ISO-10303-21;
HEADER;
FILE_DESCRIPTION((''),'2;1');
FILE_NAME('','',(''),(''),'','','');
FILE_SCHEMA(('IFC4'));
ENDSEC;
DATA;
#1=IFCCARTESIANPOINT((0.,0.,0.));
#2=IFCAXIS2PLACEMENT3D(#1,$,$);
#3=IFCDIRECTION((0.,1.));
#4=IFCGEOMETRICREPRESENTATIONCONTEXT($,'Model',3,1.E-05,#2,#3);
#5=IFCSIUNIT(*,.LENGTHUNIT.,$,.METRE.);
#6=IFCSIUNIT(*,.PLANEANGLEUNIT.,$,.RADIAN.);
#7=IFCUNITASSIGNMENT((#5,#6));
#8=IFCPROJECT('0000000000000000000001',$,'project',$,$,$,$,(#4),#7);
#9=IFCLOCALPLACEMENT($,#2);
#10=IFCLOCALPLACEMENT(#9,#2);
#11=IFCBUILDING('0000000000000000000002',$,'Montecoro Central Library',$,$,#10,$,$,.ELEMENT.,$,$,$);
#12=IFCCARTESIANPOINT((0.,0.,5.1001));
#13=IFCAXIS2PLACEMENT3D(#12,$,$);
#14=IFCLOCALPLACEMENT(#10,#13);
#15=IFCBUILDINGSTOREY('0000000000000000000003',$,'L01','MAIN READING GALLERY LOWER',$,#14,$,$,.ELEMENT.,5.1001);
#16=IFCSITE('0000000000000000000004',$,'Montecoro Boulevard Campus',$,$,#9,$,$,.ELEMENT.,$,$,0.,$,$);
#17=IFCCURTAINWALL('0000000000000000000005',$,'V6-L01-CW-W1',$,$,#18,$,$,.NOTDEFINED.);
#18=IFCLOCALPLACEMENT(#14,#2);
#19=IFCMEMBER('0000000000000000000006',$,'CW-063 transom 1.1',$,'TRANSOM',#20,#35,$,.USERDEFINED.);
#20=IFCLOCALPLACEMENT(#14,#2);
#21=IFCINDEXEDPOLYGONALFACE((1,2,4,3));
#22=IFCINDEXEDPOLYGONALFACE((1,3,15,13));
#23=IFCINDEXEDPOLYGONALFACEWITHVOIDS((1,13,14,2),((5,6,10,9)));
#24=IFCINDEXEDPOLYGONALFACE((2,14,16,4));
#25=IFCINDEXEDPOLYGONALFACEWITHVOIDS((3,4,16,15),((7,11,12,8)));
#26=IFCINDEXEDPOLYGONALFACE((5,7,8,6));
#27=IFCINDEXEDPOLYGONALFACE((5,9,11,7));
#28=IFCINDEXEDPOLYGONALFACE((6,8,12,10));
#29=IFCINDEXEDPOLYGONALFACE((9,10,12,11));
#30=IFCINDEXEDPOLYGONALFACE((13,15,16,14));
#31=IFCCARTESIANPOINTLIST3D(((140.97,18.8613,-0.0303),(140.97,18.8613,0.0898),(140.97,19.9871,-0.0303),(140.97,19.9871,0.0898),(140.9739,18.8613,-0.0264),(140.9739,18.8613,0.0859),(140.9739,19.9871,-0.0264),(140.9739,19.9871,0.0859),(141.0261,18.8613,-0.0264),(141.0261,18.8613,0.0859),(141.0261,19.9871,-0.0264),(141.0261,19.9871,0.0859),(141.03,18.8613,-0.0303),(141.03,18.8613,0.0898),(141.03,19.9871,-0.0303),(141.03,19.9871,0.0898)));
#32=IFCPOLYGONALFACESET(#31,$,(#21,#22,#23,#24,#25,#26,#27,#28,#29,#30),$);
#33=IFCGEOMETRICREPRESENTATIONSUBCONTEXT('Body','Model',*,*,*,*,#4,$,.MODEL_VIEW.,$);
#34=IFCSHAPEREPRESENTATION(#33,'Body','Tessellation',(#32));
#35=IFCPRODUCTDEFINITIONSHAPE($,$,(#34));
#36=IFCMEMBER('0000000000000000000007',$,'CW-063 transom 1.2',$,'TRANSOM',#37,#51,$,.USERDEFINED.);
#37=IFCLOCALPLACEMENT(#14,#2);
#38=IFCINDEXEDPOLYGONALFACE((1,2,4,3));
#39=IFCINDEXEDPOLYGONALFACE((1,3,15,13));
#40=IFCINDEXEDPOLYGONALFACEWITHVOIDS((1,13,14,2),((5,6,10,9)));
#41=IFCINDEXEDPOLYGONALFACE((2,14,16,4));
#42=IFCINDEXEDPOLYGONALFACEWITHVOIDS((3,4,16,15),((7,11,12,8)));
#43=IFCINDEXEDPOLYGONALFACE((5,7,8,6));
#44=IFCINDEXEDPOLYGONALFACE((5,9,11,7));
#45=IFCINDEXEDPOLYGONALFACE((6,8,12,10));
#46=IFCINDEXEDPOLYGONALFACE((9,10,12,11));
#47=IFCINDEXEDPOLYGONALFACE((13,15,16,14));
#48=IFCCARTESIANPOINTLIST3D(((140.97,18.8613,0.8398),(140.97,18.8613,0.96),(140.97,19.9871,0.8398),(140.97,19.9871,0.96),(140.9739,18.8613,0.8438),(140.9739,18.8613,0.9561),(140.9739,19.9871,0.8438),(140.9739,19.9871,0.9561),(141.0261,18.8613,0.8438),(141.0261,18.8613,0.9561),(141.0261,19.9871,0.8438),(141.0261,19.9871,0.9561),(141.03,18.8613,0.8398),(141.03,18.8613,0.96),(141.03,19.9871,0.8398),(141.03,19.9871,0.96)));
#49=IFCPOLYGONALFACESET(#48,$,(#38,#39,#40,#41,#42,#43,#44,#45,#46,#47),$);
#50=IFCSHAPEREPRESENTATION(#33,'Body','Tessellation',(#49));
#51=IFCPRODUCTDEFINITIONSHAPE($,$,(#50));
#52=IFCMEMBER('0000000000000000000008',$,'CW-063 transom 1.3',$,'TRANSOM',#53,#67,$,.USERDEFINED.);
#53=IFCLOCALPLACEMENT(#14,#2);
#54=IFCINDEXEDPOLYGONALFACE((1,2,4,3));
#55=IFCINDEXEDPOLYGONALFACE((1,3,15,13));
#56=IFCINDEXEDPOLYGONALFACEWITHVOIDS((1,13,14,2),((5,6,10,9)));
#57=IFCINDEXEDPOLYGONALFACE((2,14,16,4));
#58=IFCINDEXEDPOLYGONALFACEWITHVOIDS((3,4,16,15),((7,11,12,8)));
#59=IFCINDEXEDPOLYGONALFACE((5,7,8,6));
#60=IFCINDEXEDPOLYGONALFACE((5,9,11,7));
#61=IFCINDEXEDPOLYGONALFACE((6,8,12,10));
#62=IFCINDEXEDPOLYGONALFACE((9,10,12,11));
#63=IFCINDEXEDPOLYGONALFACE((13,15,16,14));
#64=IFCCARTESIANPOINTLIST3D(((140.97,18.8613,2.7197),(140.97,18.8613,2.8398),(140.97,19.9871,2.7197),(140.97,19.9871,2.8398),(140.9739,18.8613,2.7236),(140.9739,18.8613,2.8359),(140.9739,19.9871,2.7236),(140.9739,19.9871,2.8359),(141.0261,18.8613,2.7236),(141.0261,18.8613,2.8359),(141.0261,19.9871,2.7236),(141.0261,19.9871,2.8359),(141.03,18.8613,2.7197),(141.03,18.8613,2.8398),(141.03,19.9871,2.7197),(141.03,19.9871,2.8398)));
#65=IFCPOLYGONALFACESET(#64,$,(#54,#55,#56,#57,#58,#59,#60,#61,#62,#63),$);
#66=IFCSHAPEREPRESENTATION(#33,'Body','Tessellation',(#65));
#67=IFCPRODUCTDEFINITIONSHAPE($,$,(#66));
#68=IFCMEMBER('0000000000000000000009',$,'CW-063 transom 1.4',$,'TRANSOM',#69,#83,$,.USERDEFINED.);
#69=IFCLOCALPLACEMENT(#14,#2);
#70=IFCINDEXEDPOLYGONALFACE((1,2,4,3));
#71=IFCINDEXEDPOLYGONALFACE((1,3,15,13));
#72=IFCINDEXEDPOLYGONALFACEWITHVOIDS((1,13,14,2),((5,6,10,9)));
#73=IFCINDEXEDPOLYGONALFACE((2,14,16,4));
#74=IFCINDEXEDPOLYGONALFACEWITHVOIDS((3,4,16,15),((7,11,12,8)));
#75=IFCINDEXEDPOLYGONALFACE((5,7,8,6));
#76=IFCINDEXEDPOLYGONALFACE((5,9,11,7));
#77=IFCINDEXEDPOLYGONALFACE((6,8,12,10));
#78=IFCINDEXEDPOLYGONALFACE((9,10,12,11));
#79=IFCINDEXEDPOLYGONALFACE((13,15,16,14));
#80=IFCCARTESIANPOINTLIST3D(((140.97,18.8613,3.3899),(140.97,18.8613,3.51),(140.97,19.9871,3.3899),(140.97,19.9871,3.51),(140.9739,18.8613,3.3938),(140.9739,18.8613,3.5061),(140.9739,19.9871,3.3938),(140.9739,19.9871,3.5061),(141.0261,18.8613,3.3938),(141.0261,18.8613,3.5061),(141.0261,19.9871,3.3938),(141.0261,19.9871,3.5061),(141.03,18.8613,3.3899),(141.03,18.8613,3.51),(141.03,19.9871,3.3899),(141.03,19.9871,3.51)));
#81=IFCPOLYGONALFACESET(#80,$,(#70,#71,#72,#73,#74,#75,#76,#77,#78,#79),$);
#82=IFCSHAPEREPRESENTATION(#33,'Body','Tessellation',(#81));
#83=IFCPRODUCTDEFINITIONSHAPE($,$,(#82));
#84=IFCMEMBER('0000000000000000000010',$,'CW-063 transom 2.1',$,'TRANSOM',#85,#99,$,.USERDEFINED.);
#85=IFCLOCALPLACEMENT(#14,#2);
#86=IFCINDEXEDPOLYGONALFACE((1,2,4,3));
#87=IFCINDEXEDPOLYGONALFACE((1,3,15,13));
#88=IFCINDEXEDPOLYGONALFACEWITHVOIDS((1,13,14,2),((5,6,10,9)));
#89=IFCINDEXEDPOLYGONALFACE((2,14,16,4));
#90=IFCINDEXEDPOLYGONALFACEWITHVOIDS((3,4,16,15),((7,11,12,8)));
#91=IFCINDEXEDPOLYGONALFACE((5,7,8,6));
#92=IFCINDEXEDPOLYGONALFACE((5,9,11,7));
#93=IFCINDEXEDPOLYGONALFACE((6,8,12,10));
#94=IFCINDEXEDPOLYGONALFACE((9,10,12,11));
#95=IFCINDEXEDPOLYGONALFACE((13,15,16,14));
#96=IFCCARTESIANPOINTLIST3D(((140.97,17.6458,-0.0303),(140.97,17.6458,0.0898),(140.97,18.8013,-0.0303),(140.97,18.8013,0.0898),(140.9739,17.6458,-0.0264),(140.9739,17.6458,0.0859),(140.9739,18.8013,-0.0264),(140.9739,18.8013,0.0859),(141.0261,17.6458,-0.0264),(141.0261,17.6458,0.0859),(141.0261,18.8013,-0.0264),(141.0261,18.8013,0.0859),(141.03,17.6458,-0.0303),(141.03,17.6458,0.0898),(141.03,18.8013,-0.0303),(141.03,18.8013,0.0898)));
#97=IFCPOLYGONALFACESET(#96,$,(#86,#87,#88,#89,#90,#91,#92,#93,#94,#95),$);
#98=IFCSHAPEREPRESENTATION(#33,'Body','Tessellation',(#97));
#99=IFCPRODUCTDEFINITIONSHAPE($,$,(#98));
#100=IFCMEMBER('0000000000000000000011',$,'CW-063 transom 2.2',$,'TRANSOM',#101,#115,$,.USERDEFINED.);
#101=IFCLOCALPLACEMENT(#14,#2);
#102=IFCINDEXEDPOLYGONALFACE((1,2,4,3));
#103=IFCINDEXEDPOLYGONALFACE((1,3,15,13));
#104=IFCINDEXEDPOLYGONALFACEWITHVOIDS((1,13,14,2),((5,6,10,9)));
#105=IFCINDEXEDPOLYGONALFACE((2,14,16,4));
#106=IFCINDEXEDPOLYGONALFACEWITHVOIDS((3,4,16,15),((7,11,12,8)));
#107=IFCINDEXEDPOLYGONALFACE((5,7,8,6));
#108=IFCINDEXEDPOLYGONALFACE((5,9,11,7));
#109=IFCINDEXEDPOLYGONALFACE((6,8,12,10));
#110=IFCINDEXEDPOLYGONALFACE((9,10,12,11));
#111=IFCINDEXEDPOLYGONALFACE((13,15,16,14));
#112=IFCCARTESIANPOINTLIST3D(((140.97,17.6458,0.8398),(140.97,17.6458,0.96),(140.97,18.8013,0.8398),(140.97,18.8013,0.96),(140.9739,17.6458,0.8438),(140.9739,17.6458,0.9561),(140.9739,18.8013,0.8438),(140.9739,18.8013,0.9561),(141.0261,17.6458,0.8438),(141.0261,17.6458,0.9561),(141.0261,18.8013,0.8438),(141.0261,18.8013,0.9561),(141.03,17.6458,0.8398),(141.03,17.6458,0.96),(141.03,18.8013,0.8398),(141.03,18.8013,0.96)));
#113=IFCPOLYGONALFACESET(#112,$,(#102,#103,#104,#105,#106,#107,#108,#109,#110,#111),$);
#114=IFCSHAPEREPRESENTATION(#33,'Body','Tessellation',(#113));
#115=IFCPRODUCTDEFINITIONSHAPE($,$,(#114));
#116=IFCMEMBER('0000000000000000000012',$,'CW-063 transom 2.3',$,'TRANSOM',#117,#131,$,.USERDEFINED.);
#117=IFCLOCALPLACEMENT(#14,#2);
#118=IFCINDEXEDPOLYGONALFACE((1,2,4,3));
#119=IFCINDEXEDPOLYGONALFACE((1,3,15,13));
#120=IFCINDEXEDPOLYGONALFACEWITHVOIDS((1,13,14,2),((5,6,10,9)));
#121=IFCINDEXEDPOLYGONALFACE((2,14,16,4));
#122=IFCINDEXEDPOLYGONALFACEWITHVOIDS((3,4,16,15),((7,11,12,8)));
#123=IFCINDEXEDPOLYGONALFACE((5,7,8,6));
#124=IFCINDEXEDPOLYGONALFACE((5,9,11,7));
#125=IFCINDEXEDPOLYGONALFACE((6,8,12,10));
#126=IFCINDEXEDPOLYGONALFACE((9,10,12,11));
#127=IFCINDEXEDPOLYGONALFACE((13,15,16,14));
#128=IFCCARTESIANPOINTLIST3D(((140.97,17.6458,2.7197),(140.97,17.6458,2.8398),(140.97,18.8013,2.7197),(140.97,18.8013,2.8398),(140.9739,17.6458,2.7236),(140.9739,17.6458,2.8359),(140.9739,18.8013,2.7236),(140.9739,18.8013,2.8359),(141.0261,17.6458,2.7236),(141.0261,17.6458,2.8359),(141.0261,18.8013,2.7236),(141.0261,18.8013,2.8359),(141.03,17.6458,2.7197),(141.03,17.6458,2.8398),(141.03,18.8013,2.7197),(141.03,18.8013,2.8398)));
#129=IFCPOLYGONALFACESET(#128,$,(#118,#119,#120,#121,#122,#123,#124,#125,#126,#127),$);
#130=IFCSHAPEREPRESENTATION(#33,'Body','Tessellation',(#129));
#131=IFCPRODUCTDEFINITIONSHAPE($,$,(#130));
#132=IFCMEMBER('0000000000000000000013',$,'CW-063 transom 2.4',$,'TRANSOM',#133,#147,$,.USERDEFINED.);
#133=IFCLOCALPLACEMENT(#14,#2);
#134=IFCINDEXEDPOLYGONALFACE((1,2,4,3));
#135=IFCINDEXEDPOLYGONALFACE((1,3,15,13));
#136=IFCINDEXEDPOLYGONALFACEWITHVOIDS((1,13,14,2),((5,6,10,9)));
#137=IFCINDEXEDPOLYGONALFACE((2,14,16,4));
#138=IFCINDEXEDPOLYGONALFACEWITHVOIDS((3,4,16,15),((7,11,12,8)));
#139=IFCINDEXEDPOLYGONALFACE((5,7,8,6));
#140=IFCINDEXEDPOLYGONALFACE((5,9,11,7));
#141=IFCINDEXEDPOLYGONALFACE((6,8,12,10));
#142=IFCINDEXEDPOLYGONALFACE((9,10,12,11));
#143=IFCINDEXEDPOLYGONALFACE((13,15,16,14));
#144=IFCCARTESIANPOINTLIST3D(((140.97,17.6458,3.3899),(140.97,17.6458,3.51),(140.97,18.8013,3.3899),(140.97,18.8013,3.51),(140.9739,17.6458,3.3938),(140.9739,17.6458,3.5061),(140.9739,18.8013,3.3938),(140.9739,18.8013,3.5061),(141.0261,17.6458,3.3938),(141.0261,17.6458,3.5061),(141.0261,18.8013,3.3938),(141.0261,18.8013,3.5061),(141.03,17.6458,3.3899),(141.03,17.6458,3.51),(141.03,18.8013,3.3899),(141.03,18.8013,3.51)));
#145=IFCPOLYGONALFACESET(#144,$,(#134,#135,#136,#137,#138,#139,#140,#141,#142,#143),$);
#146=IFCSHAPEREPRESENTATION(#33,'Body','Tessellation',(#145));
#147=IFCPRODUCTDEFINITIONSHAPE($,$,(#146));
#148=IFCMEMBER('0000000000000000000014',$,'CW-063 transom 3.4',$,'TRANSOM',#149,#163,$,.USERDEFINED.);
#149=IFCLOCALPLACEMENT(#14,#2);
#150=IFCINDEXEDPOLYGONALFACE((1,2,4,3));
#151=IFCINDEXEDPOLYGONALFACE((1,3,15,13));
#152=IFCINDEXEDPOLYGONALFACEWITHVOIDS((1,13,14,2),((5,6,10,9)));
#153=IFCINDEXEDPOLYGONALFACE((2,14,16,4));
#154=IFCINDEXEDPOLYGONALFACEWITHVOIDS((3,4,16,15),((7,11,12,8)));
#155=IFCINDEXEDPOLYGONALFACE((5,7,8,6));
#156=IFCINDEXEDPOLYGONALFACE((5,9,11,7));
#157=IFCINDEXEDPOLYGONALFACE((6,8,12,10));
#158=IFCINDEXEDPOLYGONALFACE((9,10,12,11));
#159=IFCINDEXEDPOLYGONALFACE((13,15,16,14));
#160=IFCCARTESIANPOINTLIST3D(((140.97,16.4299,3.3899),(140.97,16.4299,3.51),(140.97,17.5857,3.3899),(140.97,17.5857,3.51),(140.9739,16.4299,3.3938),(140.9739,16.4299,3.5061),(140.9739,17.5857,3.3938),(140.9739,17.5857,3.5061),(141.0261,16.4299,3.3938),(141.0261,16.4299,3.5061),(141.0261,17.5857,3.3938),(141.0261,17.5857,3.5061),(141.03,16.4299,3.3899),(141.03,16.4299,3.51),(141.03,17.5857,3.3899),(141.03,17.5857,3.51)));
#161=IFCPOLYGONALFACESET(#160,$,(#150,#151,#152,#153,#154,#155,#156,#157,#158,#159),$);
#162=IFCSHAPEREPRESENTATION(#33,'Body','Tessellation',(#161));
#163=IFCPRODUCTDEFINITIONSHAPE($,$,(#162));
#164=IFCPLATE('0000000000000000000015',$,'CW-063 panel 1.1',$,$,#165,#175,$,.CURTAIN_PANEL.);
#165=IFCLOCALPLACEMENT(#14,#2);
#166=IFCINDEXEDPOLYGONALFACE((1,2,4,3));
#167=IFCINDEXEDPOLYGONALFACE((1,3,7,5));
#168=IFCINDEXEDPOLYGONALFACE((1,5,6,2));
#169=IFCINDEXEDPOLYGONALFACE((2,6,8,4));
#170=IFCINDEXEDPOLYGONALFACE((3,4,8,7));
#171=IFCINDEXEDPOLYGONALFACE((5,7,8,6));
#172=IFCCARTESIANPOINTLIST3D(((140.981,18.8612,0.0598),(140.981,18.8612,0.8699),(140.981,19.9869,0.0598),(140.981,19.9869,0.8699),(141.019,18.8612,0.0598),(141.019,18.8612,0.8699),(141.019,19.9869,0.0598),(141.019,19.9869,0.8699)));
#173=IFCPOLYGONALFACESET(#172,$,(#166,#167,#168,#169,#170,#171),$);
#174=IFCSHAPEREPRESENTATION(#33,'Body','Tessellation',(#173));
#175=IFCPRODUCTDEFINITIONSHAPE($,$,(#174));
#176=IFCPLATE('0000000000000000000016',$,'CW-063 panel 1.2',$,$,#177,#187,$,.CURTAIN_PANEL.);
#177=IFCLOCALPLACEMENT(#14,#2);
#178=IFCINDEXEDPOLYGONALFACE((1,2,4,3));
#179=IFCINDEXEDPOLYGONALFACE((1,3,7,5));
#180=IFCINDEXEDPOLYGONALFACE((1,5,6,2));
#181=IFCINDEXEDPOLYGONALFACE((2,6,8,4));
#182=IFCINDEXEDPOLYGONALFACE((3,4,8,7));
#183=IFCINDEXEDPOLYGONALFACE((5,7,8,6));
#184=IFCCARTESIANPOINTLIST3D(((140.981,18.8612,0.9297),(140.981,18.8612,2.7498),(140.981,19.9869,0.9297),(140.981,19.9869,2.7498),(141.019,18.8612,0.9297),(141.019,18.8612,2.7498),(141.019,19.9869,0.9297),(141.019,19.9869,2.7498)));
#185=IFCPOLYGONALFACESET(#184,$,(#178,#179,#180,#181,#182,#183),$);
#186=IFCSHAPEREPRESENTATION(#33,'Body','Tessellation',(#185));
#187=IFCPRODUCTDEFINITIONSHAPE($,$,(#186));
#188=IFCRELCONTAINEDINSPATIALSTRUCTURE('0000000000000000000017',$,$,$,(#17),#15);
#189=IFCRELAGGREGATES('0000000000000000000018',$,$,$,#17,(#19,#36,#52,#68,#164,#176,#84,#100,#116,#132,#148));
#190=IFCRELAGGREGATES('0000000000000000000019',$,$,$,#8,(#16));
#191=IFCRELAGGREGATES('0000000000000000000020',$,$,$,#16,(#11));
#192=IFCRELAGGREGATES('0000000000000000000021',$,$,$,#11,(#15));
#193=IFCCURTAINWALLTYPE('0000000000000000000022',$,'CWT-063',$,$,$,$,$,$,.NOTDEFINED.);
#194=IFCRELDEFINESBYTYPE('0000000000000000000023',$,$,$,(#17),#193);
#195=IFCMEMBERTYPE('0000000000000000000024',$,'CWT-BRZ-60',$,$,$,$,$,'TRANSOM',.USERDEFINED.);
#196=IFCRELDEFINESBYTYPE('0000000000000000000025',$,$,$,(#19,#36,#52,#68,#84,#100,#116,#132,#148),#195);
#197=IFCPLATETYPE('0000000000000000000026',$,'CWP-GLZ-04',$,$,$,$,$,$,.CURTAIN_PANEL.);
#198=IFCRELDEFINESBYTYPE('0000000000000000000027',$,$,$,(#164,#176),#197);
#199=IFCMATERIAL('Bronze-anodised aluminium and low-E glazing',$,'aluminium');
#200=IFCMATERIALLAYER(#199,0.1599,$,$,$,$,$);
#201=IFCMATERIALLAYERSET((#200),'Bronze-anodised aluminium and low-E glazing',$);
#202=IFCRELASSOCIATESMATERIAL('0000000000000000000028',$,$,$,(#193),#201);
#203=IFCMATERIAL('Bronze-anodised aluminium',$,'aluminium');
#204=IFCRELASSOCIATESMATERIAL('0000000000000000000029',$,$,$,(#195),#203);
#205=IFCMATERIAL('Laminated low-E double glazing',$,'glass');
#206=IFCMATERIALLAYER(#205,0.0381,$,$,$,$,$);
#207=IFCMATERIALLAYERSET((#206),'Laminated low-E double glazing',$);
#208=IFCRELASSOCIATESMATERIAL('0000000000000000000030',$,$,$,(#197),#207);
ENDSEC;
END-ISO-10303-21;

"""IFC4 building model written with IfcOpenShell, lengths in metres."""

from ifc_helpers import new_model, si_unit, direction, frame, origin, origin_2d, place, context, subcontext, project, spatial, rectangle, hollow_rectangle, extrude, material, layer, layer_set, material_profile, profile_set, type_object, element, aggregate, save


model = new_model("IFC4")

# Units and contexts
model_context = context("Model", 3, precision=1e-05, world=origin(), true_north=direction((0.0, 1.0)))
body_context = subcontext(model_context, "Body", "Model", "MODEL_VIEW")
ifc_project = project(units=[si_unit("LENGTHUNIT", "METRE"), si_unit("PLANEANGLEUNIT", "RADIAN")], contexts=[model_context])

# Site, building, storey
site_placement = place(None, origin())
site = spatial("IfcSite", under=ifc_project, at=site_placement, Name="Montecoro Boulevard Campus", CompositionType="ELEMENT", RefElevation=0.0)
building_placement = place(site_placement, origin())
building = spatial("IfcBuilding", under=site, at=building_placement, Name="Montecoro Central Library", CompositionType="ELEMENT")
storey_placement = place(building_placement, frame((0.0, 0.0, 5.1001)))
storey = spatial("IfcBuildingStorey", under=building, at=storey_placement, Name="L01", Description="MAIN READING GALLERY LOWER", CompositionType="ELEMENT", Elevation=5.1001)

# Curtain wall, members, plates
ifc_material_1 = material(Name="Bronze-anodised aluminium and low-E glazing", Category="aluminium")
ifc_layer_1 = layer(ifc_material_1, 0.1599)
ifc_layer_set_1 = layer_set([ifc_layer_1], Name="Bronze-anodised aluminium and low-E glazing")
curtain_wall_type = type_object("IfcCurtainWallType", Name="CWT-063", PredefinedType="NOTDEFINED", material=ifc_layer_set_1)
curtain_wall_placement = place(storey_placement, origin())
curtain_wall = element("IfcCurtainWall", 1, at=curtain_wall_placement, inside=storey, type_object=curtain_wall_type, Name="V6-L01-CW-W1", PredefinedType="NOTDEFINED")
ifc_material_2 = material(Name="Bronze-anodised aluminium", Category="aluminium")
ifc_material_profile_1 = material_profile(ifc_material_2, hollow_rectangle(XDim=0.0601, YDim=0.1201, WallThickness=0.0039, at=origin_2d()), Name="CWT 120x60x4.0")
ifc_profile_set_1 = profile_set([ifc_material_profile_1], Name="Bronze-anodised aluminium")
member_type_1 = type_object("IfcMemberType", Name="CWT-BRZ-60", ElementType="TRANSOM", PredefinedType="USERDEFINED", material=ifc_profile_set_1)
member_1_placement = place(storey_placement, frame((141.0, 19.9871, 0.0298), z_axis=(0.0, -1.0, 0.0), x_axis=(1.0, 0.0, 0.0)))
member_1 = element("IfcMember", 2, at=member_1_placement, type_object=member_type_1, Name="CW-063 transom 1.1", ObjectType="TRANSOM", PredefinedType="USERDEFINED", context=body_context, shape_type="SweptSolid", body=[
    extrude(hollow_rectangle(XDim=0.0601, YDim=0.1201, WallThickness=0.0039, at=origin_2d()), origin(), (0.0, 0.0, 1.0), 1.1257),
])
member_2_placement = place(storey_placement, frame((141.0, 19.9871, 0.8999), z_axis=(0.0, -1.0, 0.0), x_axis=(1.0, 0.0, 0.0)))
member_2 = element("IfcMember", 3, at=member_2_placement, type_object=member_type_1, Name="CW-063 transom 1.2", ObjectType="TRANSOM", PredefinedType="USERDEFINED", context=body_context, shape_type="SweptSolid", body=[
    extrude(hollow_rectangle(XDim=0.0601, YDim=0.1201, WallThickness=0.0039, at=origin_2d()), origin(), (0.0, 0.0, 1.0), 1.1257),
])
member_3_placement = place(storey_placement, frame((141.0, 19.9871, 2.7798), z_axis=(0.0, -1.0, 0.0), x_axis=(1.0, 0.0, 0.0)))
member_3 = element("IfcMember", 4, at=member_3_placement, type_object=member_type_1, Name="CW-063 transom 1.3", ObjectType="TRANSOM", PredefinedType="USERDEFINED", context=body_context, shape_type="SweptSolid", body=[
    extrude(hollow_rectangle(XDim=0.0601, YDim=0.1201, WallThickness=0.0039, at=origin_2d()), origin(), (0.0, 0.0, 1.0), 1.1257),
])
member_4_placement = place(storey_placement, frame((141.0, 19.9871, 3.45), z_axis=(0.0, -1.0, 0.0), x_axis=(1.0, 0.0, 0.0)))
member_4 = element("IfcMember", 5, at=member_4_placement, type_object=member_type_1, Name="CW-063 transom 1.4", ObjectType="TRANSOM", PredefinedType="USERDEFINED", context=body_context, shape_type="SweptSolid", body=[
    extrude(hollow_rectangle(XDim=0.0601, YDim=0.1201, WallThickness=0.0039, at=origin_2d()), origin(), (0.0, 0.0, 1.0), 1.1257),
])
member_5_placement = place(storey_placement, frame((141.0, 18.8013, 0.0298), z_axis=(0.0, -1.0, 0.0), x_axis=(1.0, 0.0, 0.0)))
member_5 = element("IfcMember", 6, at=member_5_placement, type_object=member_type_1, Name="CW-063 transom 2.1", ObjectType="TRANSOM", PredefinedType="USERDEFINED", context=body_context, shape_type="SweptSolid", body=[
    extrude(hollow_rectangle(XDim=0.0601, YDim=0.1201, WallThickness=0.0039, at=origin_2d()), origin(), (0.0, 0.0, 1.0), 1.1555),
])
member_6_placement = place(storey_placement, frame((141.0, 18.8013, 0.8999), z_axis=(0.0, -1.0, 0.0), x_axis=(1.0, 0.0, 0.0)))
member_6 = element("IfcMember", 7, at=member_6_placement, type_object=member_type_1, Name="CW-063 transom 2.2", ObjectType="TRANSOM", PredefinedType="USERDEFINED", context=body_context, shape_type="SweptSolid", body=[
    extrude(hollow_rectangle(XDim=0.0601, YDim=0.1201, WallThickness=0.0039, at=origin_2d()), origin(), (0.0, 0.0, 1.0), 1.1555),
])
member_7_placement = place(storey_placement, frame((141.0, 18.8013, 2.7798), z_axis=(0.0, -1.0, 0.0), x_axis=(1.0, 0.0, 0.0)))
member_7 = element("IfcMember", 8, at=member_7_placement, type_object=member_type_1, Name="CW-063 transom 2.3", ObjectType="TRANSOM", PredefinedType="USERDEFINED", context=body_context, shape_type="SweptSolid", body=[
    extrude(hollow_rectangle(XDim=0.0601, YDim=0.1201, WallThickness=0.0039, at=origin_2d()), origin(), (0.0, 0.0, 1.0), 1.1555),
])
member_8_placement = place(storey_placement, frame((141.0, 18.8013, 3.45), z_axis=(0.0, -1.0, 0.0), x_axis=(1.0, 0.0, 0.0)))
member_8 = element("IfcMember", 9, at=member_8_placement, type_object=member_type_1, Name="CW-063 transom 2.4", ObjectType="TRANSOM", PredefinedType="USERDEFINED", context=body_context, shape_type="SweptSolid", body=[
    extrude(hollow_rectangle(XDim=0.0601, YDim=0.1201, WallThickness=0.0039, at=origin_2d()), origin(), (0.0, 0.0, 1.0), 1.1555),
])
member_9_placement = place(storey_placement, frame((141.0, 17.5857, 3.45), z_axis=(0.0, -1.0, 0.0), x_axis=(1.0, 0.0, 0.0)))
member_9 = element("IfcMember", 10, at=member_9_placement, type_object=member_type_1, Name="CW-063 transom 3.4", ObjectType="TRANSOM", PredefinedType="USERDEFINED", context=body_context, shape_type="SweptSolid", body=[
    extrude(hollow_rectangle(XDim=0.0601, YDim=0.1201, WallThickness=0.0039, at=origin_2d()), origin(), (0.0, 0.0, 1.0), 1.1558),
])
ifc_material_3 = material(Name="Laminated low-E double glazing", Category="glass")
ifc_layer_2 = layer(ifc_material_3, 0.0381)
ifc_layer_set_2 = layer_set([ifc_layer_2], Name="Laminated low-E double glazing")
plate_type = type_object("IfcPlateType", Name="CWP-GLZ-04", PredefinedType="CURTAIN_PANEL", material=ifc_layer_set_2)
plate_1_placement = place(storey_placement, frame((141.0, 19.4241, 0.0598), z_axis=(0.0, 0.0, 1.0), x_axis=(0.0, -1.0, 0.0)))
plate_1 = element("IfcPlate", 11, at=plate_1_placement, type_object=plate_type, Name="CW-063 panel 1.1", PredefinedType="CURTAIN_PANEL", context=body_context, shape_type="SweptSolid", body=[
    extrude(rectangle(XDim=1.1257, YDim=0.0381, at=origin_2d()), origin(), (0.0, 0.0, 1.0), 0.8101),
])
plate_2_placement = place(storey_placement, frame((141.0, 19.4241, 0.9297), z_axis=(0.0, 0.0, 1.0), x_axis=(0.0, -1.0, 0.0)))
plate_2 = element("IfcPlate", 12, at=plate_2_placement, type_object=plate_type, Name="CW-063 panel 1.2", PredefinedType="CURTAIN_PANEL", context=body_context, shape_type="SweptSolid", body=[
    extrude(rectangle(XDim=1.1257, YDim=0.0381, at=origin_2d()), origin(), (0.0, 0.0, 1.0), 1.8201),
])
aggregate(curtain_wall, [member_1, member_2, member_3, member_4, plate_1, plate_2, member_5, member_6, member_7, member_8, member_9])

save(model, "model.ifc")
